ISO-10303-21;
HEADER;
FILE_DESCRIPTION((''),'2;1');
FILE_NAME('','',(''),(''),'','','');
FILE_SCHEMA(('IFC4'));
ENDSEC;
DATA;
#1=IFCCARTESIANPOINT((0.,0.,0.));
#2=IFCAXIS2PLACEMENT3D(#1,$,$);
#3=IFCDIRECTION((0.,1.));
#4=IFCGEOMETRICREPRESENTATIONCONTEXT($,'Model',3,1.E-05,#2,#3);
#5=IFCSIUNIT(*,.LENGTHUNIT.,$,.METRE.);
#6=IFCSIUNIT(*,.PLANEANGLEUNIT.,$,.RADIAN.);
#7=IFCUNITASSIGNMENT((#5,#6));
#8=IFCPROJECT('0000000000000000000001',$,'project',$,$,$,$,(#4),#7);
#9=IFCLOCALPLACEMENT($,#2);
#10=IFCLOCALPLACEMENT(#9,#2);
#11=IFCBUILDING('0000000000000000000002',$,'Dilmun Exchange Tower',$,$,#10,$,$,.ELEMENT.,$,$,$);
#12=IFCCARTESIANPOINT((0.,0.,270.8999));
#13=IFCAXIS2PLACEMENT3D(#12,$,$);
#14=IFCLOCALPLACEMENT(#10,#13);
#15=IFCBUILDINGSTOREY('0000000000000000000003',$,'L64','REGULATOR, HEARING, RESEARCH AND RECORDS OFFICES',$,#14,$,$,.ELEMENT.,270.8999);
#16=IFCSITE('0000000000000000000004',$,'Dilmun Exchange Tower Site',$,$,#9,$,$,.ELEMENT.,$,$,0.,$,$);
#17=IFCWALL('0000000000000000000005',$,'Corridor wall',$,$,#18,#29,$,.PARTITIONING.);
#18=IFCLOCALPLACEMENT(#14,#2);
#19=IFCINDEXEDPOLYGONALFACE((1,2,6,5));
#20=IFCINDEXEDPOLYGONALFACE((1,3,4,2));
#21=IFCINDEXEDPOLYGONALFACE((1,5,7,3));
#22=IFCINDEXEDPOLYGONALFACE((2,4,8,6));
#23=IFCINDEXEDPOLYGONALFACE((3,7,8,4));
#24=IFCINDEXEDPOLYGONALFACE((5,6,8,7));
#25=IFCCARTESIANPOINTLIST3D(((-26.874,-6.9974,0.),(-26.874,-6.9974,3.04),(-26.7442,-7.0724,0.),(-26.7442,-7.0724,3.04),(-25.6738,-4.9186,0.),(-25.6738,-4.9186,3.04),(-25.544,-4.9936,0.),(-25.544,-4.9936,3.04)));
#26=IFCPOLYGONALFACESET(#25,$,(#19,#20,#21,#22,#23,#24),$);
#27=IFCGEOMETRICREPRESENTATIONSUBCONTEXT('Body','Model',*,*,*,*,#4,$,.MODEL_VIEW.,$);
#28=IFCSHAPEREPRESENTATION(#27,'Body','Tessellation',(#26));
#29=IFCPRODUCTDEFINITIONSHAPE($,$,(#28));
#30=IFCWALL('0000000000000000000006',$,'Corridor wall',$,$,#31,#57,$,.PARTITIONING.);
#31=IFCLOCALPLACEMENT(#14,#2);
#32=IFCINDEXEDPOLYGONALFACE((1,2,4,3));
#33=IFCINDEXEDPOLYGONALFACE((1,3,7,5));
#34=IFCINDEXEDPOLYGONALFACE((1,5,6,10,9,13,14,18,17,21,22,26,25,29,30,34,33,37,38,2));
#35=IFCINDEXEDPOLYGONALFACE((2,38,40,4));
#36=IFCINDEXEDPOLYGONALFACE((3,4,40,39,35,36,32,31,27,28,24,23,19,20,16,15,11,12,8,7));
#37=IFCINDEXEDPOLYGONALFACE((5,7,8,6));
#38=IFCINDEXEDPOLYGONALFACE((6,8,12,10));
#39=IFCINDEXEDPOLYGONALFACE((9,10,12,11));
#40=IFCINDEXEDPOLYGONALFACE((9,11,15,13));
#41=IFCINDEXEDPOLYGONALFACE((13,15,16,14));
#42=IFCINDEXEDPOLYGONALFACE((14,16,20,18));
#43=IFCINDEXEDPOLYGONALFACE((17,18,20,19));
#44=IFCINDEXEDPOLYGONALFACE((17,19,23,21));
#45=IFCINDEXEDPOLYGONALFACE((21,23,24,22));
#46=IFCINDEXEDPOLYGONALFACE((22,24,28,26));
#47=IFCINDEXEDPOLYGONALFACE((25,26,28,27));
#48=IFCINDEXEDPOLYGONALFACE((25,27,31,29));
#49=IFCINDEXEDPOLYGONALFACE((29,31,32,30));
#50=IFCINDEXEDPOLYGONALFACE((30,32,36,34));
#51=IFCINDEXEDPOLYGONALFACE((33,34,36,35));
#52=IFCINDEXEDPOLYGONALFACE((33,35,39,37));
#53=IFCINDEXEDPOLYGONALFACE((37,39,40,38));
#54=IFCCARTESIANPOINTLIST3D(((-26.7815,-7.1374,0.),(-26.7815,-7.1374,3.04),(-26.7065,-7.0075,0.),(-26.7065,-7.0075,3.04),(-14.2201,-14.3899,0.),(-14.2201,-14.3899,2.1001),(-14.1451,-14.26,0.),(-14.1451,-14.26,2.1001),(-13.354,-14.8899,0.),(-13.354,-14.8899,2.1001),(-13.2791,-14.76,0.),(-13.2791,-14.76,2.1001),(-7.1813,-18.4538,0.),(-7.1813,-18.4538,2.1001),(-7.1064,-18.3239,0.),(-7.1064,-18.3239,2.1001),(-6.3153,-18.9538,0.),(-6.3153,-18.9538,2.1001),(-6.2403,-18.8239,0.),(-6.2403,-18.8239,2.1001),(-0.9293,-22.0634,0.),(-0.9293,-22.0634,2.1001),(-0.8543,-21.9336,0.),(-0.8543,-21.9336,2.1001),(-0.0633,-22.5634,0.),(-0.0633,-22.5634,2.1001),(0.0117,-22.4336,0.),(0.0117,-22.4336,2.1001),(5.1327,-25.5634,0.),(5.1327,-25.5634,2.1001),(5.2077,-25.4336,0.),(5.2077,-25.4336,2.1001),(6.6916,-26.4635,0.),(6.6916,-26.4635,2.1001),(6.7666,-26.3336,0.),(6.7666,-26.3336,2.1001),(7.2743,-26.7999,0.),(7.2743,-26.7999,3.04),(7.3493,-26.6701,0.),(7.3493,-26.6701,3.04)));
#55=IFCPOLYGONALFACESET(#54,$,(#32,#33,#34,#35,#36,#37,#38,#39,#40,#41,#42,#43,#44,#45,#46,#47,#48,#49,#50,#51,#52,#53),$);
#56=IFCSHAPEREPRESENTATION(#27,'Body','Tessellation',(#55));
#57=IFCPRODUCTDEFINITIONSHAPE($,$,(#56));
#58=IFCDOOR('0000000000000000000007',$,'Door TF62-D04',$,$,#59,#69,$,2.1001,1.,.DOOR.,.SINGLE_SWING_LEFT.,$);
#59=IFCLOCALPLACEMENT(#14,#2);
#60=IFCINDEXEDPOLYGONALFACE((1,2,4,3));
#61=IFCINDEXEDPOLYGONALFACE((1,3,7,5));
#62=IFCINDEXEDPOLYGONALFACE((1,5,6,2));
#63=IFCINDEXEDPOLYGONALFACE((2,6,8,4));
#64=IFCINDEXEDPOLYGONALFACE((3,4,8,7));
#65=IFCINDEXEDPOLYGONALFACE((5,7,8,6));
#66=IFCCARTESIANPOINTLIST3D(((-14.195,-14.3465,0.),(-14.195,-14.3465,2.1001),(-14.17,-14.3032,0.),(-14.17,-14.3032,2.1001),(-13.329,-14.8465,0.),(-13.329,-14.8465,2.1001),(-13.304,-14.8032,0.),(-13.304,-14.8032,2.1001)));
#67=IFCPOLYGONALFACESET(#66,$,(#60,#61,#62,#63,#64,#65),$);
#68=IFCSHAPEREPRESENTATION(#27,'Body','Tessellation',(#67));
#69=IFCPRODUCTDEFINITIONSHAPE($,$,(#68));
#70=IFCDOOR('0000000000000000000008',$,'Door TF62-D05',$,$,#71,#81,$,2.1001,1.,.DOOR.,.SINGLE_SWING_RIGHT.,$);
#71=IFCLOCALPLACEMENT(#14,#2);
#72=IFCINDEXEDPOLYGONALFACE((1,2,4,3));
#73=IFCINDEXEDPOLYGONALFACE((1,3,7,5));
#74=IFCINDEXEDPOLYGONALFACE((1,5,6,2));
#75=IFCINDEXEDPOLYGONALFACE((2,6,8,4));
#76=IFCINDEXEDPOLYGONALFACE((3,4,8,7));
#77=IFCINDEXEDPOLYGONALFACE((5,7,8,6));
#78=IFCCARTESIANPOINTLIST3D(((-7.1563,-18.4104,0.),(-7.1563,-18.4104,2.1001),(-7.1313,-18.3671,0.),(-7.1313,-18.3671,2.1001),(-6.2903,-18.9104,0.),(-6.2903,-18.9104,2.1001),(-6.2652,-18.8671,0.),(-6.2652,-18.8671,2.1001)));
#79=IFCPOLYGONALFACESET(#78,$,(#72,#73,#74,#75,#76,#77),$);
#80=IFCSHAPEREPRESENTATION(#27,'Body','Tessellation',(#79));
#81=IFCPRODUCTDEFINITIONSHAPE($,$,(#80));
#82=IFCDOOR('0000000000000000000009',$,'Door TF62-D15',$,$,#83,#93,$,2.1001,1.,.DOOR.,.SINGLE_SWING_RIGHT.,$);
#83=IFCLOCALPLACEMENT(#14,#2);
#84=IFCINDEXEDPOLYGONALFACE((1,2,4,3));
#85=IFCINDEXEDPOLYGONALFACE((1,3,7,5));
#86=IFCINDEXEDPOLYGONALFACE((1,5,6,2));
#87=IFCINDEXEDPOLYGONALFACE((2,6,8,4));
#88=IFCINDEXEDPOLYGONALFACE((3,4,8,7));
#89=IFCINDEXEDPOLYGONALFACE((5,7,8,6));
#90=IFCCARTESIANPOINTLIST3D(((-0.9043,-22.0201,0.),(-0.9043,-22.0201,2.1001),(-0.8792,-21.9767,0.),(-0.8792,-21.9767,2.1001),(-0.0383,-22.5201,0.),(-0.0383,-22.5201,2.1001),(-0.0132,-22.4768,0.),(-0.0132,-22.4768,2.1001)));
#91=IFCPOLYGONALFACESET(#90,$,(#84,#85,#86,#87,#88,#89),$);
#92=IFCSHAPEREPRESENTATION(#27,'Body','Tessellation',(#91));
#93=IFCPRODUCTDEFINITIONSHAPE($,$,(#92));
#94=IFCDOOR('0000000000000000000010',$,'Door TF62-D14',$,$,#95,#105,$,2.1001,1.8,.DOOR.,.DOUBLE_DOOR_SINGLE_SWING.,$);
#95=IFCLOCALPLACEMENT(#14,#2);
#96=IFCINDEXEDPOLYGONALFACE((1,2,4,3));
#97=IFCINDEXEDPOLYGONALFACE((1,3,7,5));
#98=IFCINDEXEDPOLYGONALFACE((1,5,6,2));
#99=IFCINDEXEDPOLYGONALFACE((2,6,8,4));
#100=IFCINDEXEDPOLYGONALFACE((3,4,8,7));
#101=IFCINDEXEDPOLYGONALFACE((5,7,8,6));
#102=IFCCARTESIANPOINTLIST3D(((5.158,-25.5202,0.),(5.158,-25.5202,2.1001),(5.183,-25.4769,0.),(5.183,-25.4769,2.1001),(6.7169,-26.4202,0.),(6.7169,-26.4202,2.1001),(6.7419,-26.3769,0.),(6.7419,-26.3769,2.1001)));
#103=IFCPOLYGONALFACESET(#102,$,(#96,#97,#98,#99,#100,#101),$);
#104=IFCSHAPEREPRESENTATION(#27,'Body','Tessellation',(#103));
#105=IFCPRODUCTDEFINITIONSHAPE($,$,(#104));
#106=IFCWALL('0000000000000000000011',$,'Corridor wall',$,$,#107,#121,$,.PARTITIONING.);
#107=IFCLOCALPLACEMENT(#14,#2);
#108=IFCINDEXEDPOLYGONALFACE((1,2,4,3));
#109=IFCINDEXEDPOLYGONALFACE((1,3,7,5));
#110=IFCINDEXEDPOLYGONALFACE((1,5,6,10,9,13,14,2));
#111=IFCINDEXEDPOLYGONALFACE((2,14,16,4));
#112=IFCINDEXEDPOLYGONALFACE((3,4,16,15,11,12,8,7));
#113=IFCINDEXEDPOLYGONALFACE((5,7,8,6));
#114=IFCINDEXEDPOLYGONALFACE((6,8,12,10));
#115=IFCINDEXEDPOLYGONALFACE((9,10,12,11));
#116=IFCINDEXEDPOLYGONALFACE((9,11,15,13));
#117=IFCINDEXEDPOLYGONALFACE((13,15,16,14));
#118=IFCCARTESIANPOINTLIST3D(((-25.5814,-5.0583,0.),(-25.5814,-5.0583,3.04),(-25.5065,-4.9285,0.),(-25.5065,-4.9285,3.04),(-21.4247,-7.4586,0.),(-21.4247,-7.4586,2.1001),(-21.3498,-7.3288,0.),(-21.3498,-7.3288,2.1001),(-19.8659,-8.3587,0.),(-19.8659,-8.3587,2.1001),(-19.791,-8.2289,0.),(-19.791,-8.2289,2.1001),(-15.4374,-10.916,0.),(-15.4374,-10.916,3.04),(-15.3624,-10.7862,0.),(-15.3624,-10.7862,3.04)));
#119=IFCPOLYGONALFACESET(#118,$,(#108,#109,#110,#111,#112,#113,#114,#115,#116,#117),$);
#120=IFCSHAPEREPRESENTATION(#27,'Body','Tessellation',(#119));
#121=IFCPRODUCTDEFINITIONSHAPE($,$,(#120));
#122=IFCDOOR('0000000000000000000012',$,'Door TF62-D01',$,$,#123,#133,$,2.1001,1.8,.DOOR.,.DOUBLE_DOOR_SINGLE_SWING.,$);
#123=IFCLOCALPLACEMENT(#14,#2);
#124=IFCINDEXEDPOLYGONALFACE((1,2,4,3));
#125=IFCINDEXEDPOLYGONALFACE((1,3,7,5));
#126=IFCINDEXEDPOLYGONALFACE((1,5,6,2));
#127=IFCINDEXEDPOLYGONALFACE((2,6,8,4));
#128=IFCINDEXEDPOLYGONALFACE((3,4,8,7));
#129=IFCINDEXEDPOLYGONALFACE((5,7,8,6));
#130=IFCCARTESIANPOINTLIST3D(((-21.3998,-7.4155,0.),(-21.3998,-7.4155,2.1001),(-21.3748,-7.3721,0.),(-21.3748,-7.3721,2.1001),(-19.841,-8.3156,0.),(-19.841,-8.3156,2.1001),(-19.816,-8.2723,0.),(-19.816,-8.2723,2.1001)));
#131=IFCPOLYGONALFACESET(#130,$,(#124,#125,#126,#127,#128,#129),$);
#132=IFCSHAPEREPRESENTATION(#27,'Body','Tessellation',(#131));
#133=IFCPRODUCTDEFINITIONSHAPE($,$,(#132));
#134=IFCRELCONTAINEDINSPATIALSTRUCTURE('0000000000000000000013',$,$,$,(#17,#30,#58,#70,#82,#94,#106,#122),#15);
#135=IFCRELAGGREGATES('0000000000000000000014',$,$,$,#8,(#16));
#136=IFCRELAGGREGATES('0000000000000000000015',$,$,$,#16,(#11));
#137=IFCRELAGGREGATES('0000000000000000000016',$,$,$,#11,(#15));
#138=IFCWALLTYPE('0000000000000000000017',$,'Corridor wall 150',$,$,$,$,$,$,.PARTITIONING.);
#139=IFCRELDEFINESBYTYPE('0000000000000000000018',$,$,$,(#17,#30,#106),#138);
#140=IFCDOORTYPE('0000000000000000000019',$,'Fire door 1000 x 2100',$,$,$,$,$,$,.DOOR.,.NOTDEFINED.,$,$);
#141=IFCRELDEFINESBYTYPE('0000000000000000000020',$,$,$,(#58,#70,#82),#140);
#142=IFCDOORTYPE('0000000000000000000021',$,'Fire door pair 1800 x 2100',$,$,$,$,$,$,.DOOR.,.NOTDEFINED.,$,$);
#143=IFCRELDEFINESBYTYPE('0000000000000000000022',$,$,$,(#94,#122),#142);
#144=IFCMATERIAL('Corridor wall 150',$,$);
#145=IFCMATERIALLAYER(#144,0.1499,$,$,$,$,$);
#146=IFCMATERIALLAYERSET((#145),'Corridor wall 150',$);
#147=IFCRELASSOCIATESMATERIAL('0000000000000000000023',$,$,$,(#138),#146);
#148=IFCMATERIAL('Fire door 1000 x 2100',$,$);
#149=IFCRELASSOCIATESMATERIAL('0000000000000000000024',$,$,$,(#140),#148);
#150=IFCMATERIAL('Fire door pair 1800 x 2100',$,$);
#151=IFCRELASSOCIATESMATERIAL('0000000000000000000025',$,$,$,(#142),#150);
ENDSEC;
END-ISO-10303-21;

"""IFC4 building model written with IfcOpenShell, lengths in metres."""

from ifc_helpers import new_model, si_unit, direction, frame, frame_2d, origin, place, context, subcontext, project, spatial, rectangle, extrude, material, layer, layer_set, type_object, element, fill, save


model = new_model("IFC4")

# Units and contexts
model_context = context("Model", 3, precision=1e-05, world=origin(), true_north=direction((0.0, 1.0)))
body_context = subcontext(model_context, "Body", "Model", "MODEL_VIEW")
ifc_project = project(units=[si_unit("LENGTHUNIT", "METRE"), si_unit("PLANEANGLEUNIT", "RADIAN")], contexts=[model_context])

# Site, building, storey
site_placement = place(None, origin())
site = spatial("IfcSite", under=ifc_project, at=site_placement, Name="Dilmun Exchange Tower Site", CompositionType="ELEMENT", RefElevation=0.0)
building_placement = place(site_placement, origin())
building = spatial("IfcBuilding", under=site, at=building_placement, Name="Dilmun Exchange Tower", CompositionType="ELEMENT")
storey_placement = place(building_placement, frame((0.0, 0.0, 270.8999)))
storey = spatial("IfcBuildingStorey", under=building, at=storey_placement, Name="L64", Description="REGULATOR, HEARING, RESEARCH AND RECORDS OFFICES", CompositionType="ELEMENT", Elevation=270.8999)

# Wall
ifc_material_1 = material(Name="Corridor wall 150")
ifc_layer_1 = layer(ifc_material_1, 0.1499)
ifc_layer_set_1 = layer_set([ifc_layer_1], Name="Corridor wall 150")
wall_type_1 = type_object("IfcWallType", Name="Corridor wall 150", PredefinedType="PARTITIONING", material=ifc_layer_set_1)
wall_1_placement = place(storey_placement, frame((-26.8091, -7.0349, 0.0), z_axis=(0.0, 0.0, 1.0), x_axis=(0.49999, 0.866031, 0.0)))
element("IfcWall", 1, at=wall_1_placement, inside=storey, type_object=wall_type_1, Name="Corridor wall", PredefinedType="PARTITIONING", context=body_context, shape_type="SweptSolid", body=[
    extrude(rectangle(XDim=2.4004, YDim=0.1499, at=frame_2d((1.2002, 0.0))), origin(), (0.0, 0.0, 1.0), 3.04),
])

# Wall, openings, doors
wall_2_placement = place(storey_placement, frame((-26.7439, -7.0725, 0.0), z_axis=(0.0, 0.0, 1.0), x_axis=(0.866021, -0.500008, 0.0)))
wall_2 = element("IfcWall", 2, at=wall_2_placement, inside=storey, type_object=wall_type_1, Name="Corridor wall", PredefinedType="PARTITIONING", context=body_context, shape_type="SweptSolid", body=[
    extrude(rectangle(XDim=39.3245, YDim=0.1499, at=frame_2d((19.6621, 0.0))), origin(), (0.0, 0.0, 1.0), 3.04),
])
opening_1_placement = place(wall_2_placement, frame((14.5046, 0.0, 0.0)))
opening_1 = element("IfcOpeningElement", 3, at=opening_1_placement, cuts=wall_2, PredefinedType="OPENING", context=body_context, shape_type="SweptSolid", body=[
    extrude(rectangle(XDim=1.0, YDim=2.1001, at=frame_2d((0.5, 1.05))), frame((0.0, 0.085, 0.0), z_axis=(0.0, -1.0, 0.0), x_axis=(1.0, 0.0, 0.0)), (0.0, 0.0, 1.0), 0.1699),
])
opening_2_placement = place(wall_2_placement, frame((22.6323, 0.0, 0.0)))
opening_2 = element("IfcOpeningElement", 4, at=opening_2_placement, cuts=wall_2, PredefinedType="OPENING", context=body_context, shape_type="SweptSolid", body=[
    extrude(rectangle(XDim=1.0, YDim=2.1001, at=frame_2d((0.5, 1.05))), frame((0.0, 0.085, 0.0), z_axis=(0.0, -1.0, 0.0), x_axis=(1.0, 0.0, 0.0)), (0.0, 0.0, 1.0), 0.1699),
])
opening_3_placement = place(wall_2_placement, frame((36.8516, 0.0, 0.0)))
opening_3 = element("IfcOpeningElement", 5, at=opening_3_placement, cuts=wall_2, PredefinedType="OPENING", context=body_context, shape_type="SweptSolid", body=[
    extrude(rectangle(XDim=1.8, YDim=2.1001, at=frame_2d((0.8999, 1.05))), frame((0.0, 0.085, 0.0), z_axis=(0.0, -1.0, 0.0), x_axis=(1.0, 0.0, 0.0)), (0.0, 0.0, 1.0), 0.1699),
])
opening_4_placement = place(wall_2_placement, frame((29.8516, 0.0, 0.0)))
opening_4 = element("IfcOpeningElement", 6, at=opening_4_placement, cuts=wall_2, PredefinedType="OPENING", context=body_context, shape_type="SweptSolid", body=[
    extrude(rectangle(XDim=1.0, YDim=2.1001, at=frame_2d((0.5, 1.05))), frame((0.0, 0.085, 0.0), z_axis=(0.0, -1.0, 0.0), x_axis=(1.0, 0.0, 0.0)), (0.0, 0.0, 1.0), 0.1699),
])
ifc_material_2 = material(Name="Fire door 1000 x 2100")
door_type_1 = type_object("IfcDoorType", Name="Fire door 1000 x 2100", OperationType="NOTDEFINED", PredefinedType="DOOR", material=ifc_material_2)
door_1_placement = place(opening_1_placement, frame((1.0, 0.0, 0.0), z_axis=(0.0, 0.0, 1.0), x_axis=(-1.0, 0.0, 0.0)))
door_1 = element("IfcDoor", 7, at=door_1_placement, inside=storey, type_object=door_type_1, Name="Door TF62-D04", OperationType="SINGLE_SWING_LEFT", OverallHeight=2.1001, OverallWidth=1.0, PredefinedType="DOOR", context=body_context, shape_type="SweptSolid", body=[
    extrude(rectangle(XDim=1.0, YDim=2.1001, at=frame_2d((0.5, 1.05))), frame((0.0, 0.0249, 0.0), z_axis=(0.0, -1.0, 0.0), x_axis=(1.0, 0.0, 0.0)), (0.0, 0.0, 1.0), 0.05),
])
fill(opening_1, door_1)
door_2_placement = place(opening_2_placement, frame((1.0, 0.0, 0.0), z_axis=(0.0, 0.0, 1.0), x_axis=(-1.0, 0.0, 0.0)))
door_2 = element("IfcDoor", 8, at=door_2_placement, inside=storey, type_object=door_type_1, Name="Door TF62-D05", OperationType="SINGLE_SWING_RIGHT", OverallHeight=2.1001, OverallWidth=1.0, PredefinedType="DOOR", context=body_context, shape_type="SweptSolid", body=[
    extrude(rectangle(XDim=1.0, YDim=2.1001, at=frame_2d((0.5, 1.05))), frame((0.0, 0.0249, 0.0), z_axis=(0.0, -1.0, 0.0), x_axis=(1.0, 0.0, 0.0)), (0.0, 0.0, 1.0), 0.05),
])
fill(opening_2, door_2)
door_3_placement = place(opening_4_placement, frame((1.0, 0.0, 0.0), z_axis=(0.0, 0.0, 1.0), x_axis=(-1.0, 0.0, 0.0)))
door_3 = element("IfcDoor", 9, at=door_3_placement, inside=storey, type_object=door_type_1, Name="Door TF62-D15", OperationType="SINGLE_SWING_RIGHT", OverallHeight=2.1001, OverallWidth=1.0, PredefinedType="DOOR", context=body_context, shape_type="SweptSolid", body=[
    extrude(rectangle(XDim=1.0, YDim=2.1001, at=frame_2d((0.5, 1.05))), frame((0.0, 0.0249, 0.0), z_axis=(0.0, -1.0, 0.0), x_axis=(1.0, 0.0, 0.0)), (0.0, 0.0, 1.0), 0.05),
])
fill(opening_4, door_3)
ifc_material_3 = material(Name="Fire door pair 1800 x 2100")
door_type_2 = type_object("IfcDoorType", Name="Fire door pair 1800 x 2100", OperationType="NOTDEFINED", PredefinedType="DOOR", material=ifc_material_3)
door_4_placement = place(opening_3_placement, frame((1.8, 0.0, 0.0), z_axis=(0.0, 0.0, 1.0), x_axis=(-1.0, 0.0, 0.0)))
door_4 = element("IfcDoor", 10, at=door_4_placement, inside=storey, type_object=door_type_2, Name="Door TF62-D14", OperationType="DOUBLE_DOOR_SINGLE_SWING", OverallHeight=2.1001, OverallWidth=1.8, PredefinedType="DOOR", context=body_context, shape_type="SweptSolid", body=[
    extrude(rectangle(XDim=1.8, YDim=2.1001, at=frame_2d((0.8999, 1.05))), frame((0.0, 0.0249, 0.0), z_axis=(0.0, -1.0, 0.0), x_axis=(1.0, 0.0, 0.0)), (0.0, 0.0, 1.0), 0.05),
])
fill(opening_3, door_4)

# Wall, opening, door
wall_3_placement = place(storey_placement, frame((-25.5439, -4.9934, 0.0), z_axis=(0.0, 0.0, 1.0), x_axis=(0.865988, -0.500064, 0.0)))
wall_3 = element("IfcWall", 11, at=wall_3_placement, inside=storey, type_object=wall_type_1, Name="Corridor wall", PredefinedType="PARTITIONING", context=body_context, shape_type="SweptSolid", body=[
    extrude(rectangle(XDim=11.7139, YDim=0.1499, at=frame_2d((5.8569, 0.0))), origin(), (0.0, 0.0, 1.0), 3.04),
])
opening_5_placement = place(wall_3_placement, frame((4.8, 0.0, 0.0)))
opening_5 = element("IfcOpeningElement", 12, at=opening_5_placement, cuts=wall_3, PredefinedType="OPENING", context=body_context, shape_type="SweptSolid", body=[
    extrude(rectangle(XDim=1.8, YDim=2.1001, at=frame_2d((0.8999, 1.05))), frame((0.0, 0.085, 0.0), z_axis=(0.0, -1.0, 0.0), x_axis=(1.0, 0.0, 0.0)), (0.0, 0.0, 1.0), 0.1699),
])
door_5_placement = place(opening_5_placement, origin())
door_5 = element("IfcDoor", 13, at=door_5_placement, inside=storey, type_object=door_type_2, Name="Door TF62-D01", OperationType="DOUBLE_DOOR_SINGLE_SWING", OverallHeight=2.1001, OverallWidth=1.8, PredefinedType="DOOR", context=body_context, shape_type="SweptSolid", body=[
    extrude(rectangle(XDim=1.8, YDim=2.1001, at=frame_2d((0.8999, 1.05))), frame((0.0, 0.0249, 0.0), z_axis=(0.0, -1.0, 0.0), x_axis=(1.0, 0.0, 0.0)), (0.0, 0.0, 1.0), 0.05),
])
fill(opening_5, door_5)

save(model, "model.ifc")
